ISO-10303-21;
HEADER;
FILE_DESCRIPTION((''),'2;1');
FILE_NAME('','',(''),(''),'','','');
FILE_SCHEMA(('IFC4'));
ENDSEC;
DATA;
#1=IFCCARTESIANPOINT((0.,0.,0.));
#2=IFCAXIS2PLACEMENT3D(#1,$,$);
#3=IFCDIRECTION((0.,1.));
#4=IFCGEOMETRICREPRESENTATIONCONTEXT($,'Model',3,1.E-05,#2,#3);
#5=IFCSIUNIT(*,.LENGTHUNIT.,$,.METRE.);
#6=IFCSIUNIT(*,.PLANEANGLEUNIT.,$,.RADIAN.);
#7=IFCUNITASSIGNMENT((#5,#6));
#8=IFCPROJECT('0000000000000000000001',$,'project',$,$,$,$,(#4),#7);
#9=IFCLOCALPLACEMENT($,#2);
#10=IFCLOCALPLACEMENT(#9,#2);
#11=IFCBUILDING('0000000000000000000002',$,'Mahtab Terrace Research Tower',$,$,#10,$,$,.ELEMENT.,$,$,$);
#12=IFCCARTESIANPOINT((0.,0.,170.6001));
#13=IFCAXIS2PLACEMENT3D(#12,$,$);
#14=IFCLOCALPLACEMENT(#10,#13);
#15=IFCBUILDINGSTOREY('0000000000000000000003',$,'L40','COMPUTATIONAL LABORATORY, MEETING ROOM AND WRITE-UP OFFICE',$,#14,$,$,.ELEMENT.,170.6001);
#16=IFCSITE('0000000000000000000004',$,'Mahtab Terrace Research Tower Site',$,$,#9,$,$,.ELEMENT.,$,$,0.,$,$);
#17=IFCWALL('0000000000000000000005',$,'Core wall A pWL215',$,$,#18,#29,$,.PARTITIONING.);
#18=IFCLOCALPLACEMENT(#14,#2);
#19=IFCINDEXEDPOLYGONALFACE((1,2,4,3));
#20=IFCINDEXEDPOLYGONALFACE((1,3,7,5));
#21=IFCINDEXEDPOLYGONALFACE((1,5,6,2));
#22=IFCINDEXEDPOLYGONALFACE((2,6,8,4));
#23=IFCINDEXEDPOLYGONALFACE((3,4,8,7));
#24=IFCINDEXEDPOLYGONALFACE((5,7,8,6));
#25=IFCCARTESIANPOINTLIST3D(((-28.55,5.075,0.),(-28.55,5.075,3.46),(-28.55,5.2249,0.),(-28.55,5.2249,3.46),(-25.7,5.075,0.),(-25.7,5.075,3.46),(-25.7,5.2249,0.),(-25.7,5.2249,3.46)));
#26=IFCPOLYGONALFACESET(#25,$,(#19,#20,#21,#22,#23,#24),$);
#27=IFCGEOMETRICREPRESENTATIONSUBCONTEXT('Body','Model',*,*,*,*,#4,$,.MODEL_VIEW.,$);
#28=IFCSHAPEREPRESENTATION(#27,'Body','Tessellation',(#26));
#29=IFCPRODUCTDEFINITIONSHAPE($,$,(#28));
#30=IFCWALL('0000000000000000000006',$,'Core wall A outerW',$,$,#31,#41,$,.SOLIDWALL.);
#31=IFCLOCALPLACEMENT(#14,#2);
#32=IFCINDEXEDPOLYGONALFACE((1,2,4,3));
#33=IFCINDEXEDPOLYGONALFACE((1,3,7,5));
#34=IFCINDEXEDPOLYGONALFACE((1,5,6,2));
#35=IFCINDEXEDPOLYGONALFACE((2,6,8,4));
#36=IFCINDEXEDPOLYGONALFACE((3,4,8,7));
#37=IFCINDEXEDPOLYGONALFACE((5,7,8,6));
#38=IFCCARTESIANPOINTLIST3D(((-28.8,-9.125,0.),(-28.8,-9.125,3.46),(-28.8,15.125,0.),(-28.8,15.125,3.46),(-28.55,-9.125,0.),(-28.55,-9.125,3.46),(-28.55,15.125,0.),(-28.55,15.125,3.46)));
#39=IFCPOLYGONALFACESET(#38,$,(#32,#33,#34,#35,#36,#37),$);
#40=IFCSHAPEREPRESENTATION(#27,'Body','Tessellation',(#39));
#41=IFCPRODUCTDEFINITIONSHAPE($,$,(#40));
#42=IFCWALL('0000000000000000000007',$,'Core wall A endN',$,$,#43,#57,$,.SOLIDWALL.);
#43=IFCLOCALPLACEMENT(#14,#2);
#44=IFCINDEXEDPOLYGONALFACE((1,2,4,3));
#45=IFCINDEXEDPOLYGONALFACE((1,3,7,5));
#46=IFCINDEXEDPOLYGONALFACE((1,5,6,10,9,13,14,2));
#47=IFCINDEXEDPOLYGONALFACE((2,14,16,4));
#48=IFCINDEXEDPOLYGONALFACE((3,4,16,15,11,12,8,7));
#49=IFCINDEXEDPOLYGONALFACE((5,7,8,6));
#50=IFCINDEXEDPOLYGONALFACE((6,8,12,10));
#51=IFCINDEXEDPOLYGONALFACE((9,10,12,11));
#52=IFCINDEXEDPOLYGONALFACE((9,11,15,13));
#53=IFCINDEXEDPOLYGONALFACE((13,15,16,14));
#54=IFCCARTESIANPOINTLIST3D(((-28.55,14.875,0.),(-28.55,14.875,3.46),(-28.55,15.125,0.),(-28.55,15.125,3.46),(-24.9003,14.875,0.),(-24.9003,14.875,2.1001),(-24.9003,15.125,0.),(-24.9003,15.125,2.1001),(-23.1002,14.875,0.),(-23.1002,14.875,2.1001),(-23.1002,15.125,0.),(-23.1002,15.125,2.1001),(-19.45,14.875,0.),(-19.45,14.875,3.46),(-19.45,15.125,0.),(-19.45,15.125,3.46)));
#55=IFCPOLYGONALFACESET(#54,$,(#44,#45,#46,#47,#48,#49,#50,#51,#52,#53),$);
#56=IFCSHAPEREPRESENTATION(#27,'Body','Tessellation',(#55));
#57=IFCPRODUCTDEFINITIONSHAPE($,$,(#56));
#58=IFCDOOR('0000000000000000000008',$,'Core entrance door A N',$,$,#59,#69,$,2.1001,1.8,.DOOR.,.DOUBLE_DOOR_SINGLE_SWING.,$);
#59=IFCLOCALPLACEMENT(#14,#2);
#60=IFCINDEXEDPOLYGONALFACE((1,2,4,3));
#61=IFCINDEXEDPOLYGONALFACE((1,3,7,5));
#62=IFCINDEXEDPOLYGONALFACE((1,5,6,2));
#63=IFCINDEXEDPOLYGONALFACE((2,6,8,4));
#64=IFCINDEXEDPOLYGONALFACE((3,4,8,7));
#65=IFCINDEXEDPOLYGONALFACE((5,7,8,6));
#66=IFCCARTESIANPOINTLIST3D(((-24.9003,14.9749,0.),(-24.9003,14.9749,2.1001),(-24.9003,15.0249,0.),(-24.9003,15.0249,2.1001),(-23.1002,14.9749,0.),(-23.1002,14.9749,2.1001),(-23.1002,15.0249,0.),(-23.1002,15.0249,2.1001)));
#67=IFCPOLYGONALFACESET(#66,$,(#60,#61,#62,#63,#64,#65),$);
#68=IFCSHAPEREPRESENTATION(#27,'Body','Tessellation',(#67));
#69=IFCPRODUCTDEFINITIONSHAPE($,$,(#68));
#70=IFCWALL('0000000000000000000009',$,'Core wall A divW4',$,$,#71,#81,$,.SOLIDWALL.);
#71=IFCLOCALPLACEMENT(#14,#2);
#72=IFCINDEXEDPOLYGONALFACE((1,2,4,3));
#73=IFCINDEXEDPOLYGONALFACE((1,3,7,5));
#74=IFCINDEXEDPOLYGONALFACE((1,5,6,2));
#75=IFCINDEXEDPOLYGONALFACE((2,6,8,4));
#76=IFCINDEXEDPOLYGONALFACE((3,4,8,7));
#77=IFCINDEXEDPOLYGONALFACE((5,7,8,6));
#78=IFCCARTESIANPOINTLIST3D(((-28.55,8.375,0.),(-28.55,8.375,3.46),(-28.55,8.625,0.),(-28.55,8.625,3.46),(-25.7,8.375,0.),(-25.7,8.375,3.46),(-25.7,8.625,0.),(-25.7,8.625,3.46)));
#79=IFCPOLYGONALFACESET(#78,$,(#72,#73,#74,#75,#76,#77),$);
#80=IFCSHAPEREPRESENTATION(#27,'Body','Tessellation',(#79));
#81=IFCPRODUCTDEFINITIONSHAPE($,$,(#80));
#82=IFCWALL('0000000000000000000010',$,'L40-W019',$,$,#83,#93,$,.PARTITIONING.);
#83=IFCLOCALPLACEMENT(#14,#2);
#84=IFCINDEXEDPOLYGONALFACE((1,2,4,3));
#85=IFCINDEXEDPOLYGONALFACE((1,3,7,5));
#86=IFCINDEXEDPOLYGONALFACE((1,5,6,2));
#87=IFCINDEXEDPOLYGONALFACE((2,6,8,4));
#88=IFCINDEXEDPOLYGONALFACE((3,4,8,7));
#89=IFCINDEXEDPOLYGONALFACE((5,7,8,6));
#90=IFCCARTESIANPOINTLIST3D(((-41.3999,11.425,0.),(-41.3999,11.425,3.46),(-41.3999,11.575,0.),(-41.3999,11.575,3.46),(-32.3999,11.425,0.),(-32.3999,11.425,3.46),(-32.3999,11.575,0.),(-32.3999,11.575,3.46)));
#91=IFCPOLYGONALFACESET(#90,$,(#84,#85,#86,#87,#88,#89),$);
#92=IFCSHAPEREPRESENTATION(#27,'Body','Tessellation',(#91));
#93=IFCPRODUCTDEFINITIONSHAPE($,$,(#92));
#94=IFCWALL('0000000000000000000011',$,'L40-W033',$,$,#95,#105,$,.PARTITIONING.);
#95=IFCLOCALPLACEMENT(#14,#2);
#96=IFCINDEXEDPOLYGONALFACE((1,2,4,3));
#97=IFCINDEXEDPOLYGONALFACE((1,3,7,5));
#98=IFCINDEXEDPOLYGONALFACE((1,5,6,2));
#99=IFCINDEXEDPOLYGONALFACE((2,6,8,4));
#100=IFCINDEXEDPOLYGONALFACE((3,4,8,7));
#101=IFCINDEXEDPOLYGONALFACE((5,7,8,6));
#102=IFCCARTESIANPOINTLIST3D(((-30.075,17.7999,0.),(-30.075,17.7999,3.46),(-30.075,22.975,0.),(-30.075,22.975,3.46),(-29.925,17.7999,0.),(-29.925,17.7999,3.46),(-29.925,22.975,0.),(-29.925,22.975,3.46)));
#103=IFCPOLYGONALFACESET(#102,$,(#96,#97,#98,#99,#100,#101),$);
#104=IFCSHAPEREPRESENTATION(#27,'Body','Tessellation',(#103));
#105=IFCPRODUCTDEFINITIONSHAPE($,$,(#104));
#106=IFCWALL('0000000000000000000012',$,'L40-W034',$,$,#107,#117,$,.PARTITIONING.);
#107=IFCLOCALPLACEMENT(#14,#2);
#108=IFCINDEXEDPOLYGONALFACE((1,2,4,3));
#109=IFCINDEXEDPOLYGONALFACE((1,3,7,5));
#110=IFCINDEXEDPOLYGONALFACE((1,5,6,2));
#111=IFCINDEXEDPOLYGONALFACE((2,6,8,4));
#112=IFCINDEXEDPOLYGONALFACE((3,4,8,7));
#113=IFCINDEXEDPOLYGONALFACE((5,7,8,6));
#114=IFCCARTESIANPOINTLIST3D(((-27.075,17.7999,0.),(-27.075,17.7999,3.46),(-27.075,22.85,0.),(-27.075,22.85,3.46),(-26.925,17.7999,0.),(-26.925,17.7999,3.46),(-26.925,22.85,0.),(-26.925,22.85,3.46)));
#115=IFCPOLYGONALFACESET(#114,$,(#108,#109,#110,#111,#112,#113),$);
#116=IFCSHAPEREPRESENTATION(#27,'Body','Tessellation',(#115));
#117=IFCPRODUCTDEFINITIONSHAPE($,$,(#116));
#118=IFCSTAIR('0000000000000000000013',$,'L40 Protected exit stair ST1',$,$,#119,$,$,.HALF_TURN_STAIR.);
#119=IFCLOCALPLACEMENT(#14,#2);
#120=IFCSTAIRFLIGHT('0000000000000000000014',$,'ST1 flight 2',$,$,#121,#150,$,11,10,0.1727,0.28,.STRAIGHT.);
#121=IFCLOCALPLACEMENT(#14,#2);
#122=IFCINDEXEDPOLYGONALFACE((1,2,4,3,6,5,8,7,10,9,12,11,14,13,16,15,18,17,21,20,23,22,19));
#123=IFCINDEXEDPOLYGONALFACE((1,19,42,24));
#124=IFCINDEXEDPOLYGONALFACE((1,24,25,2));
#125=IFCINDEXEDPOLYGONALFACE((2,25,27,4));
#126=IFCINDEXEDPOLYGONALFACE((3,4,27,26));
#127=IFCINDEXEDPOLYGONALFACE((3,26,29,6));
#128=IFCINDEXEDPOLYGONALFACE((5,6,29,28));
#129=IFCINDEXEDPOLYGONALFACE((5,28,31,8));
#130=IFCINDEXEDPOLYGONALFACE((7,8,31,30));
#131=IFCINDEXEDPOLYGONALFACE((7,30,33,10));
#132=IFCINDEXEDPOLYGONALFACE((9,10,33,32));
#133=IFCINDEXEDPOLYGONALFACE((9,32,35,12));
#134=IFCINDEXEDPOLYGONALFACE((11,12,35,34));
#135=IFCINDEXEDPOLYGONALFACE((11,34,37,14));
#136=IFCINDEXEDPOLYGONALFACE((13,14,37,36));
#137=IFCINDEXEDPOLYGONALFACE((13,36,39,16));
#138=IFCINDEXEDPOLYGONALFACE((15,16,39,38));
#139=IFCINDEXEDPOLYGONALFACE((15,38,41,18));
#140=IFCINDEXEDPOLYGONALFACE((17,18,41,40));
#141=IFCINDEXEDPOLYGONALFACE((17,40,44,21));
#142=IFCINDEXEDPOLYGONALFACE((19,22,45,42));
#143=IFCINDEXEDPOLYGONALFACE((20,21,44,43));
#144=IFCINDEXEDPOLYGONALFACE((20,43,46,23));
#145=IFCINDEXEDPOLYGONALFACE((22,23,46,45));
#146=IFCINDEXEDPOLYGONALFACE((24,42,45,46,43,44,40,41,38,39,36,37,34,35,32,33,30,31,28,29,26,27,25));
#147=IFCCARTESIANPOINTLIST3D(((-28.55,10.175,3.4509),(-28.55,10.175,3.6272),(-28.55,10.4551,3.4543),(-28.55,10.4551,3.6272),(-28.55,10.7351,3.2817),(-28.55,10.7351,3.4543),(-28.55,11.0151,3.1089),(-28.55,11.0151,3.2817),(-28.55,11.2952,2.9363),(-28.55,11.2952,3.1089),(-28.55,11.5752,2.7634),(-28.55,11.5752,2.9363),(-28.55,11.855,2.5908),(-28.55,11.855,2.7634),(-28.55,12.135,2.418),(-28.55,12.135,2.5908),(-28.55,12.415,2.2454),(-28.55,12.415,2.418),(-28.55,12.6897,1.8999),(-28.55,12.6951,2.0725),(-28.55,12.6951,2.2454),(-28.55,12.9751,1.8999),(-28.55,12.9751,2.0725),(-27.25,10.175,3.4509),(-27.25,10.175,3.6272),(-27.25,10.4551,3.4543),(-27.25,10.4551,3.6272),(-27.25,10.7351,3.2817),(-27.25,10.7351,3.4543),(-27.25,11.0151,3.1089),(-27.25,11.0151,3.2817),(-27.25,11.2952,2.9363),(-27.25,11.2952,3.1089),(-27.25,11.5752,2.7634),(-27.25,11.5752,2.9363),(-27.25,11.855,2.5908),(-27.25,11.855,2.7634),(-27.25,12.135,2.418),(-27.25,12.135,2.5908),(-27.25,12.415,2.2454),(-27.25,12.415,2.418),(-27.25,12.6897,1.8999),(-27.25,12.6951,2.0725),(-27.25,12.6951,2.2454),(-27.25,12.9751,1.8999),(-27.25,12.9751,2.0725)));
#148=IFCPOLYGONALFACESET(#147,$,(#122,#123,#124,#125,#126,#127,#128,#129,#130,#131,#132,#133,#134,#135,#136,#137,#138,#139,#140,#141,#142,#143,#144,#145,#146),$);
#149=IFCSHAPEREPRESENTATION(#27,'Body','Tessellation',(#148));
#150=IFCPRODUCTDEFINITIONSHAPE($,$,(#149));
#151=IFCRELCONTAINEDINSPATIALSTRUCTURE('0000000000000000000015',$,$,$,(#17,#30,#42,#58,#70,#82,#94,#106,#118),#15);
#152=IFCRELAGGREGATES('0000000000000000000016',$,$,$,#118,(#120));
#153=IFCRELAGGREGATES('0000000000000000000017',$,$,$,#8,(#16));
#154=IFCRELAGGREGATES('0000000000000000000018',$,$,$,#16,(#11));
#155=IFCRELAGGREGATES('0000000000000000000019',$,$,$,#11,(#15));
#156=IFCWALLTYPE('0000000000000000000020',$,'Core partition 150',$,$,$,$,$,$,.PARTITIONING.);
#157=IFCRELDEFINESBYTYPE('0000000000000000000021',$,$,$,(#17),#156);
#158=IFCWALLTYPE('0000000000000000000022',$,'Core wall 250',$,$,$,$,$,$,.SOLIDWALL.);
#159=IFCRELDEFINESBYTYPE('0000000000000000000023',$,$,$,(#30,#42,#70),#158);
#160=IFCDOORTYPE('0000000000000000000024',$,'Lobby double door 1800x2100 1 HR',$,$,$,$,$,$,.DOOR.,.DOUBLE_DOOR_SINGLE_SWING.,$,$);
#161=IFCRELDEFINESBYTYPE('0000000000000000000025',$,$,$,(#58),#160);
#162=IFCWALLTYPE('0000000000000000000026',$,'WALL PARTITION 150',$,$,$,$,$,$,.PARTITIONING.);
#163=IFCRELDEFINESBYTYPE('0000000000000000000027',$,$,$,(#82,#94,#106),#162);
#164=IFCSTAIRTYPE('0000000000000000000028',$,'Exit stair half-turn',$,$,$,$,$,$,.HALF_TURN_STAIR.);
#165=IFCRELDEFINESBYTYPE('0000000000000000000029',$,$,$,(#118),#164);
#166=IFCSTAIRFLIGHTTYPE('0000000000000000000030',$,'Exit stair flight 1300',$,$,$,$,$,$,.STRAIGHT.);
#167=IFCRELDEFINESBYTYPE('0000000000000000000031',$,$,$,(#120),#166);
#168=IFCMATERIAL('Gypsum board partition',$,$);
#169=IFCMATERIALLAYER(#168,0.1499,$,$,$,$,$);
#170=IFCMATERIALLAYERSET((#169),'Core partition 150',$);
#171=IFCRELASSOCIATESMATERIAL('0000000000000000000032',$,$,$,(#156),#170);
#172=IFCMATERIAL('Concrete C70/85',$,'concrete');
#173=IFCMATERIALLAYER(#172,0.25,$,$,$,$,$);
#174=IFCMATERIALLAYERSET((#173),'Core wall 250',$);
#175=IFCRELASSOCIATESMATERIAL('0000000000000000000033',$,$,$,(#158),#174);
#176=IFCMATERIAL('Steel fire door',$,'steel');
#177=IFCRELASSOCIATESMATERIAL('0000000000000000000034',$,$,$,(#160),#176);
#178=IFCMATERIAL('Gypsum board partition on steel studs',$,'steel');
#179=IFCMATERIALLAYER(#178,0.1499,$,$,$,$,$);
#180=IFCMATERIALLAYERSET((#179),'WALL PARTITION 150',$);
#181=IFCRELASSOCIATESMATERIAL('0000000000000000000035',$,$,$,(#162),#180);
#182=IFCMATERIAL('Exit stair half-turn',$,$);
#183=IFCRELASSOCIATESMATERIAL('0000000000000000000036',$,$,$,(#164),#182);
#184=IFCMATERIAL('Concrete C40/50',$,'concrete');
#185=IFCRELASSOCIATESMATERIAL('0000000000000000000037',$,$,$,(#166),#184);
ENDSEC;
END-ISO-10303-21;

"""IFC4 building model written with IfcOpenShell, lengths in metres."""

from ifc_helpers import new_model, si_unit, direction, frame, frame_2d, origin, place, context, subcontext, project, spatial, polyline, rectangle, outline, extrude, material, layer, layer_set, type_object, element, fill, aggregate, save


model = new_model("IFC4")

# Units and contexts
model_context = context("Model", 3, precision=1e-05, world=origin(), true_north=direction((0.0, 1.0)))
body_context = subcontext(model_context, "Body", "Model", "MODEL_VIEW")
ifc_project = project(units=[si_unit("LENGTHUNIT", "METRE"), si_unit("PLANEANGLEUNIT", "RADIAN")], contexts=[model_context])

# Site, building, storey
site_placement = place(None, origin())
site = spatial("IfcSite", under=ifc_project, at=site_placement, Name="Mahtab Terrace Research Tower Site", CompositionType="ELEMENT", RefElevation=0.0)
building_placement = place(site_placement, origin())
building = spatial("IfcBuilding", under=site, at=building_placement, Name="Mahtab Terrace Research Tower", CompositionType="ELEMENT")
storey_placement = place(building_placement, frame((0.0, 0.0, 170.6001)))
storey = spatial("IfcBuildingStorey", under=building, at=storey_placement, Name="L40", Description="COMPUTATIONAL LABORATORY, MEETING ROOM AND WRITE-UP OFFICE", CompositionType="ELEMENT", Elevation=170.6001)

# Shared definitions
ifc_material_1 = material(Name="Concrete C70/85", Category="concrete")

# Walls
ifc_material_2 = material(Name="Gypsum board partition")
ifc_layer_1 = layer(ifc_material_2, 0.1499)
ifc_layer_set_1 = layer_set([ifc_layer_1], Name="Core partition 150")
wall_type_1 = type_object("IfcWallType", Name="Core partition 150", PredefinedType="PARTITIONING", material=ifc_layer_set_1)
wall_1_placement = place(storey_placement, frame((-28.55, 5.1499, 0.0), z_axis=(0.0, 0.0, 1.0), x_axis=(1.0, 0.0, 0.0)))
element("IfcWall", 1, at=wall_1_placement, inside=storey, type_object=wall_type_1, Name="Core wall A pWL215", PredefinedType="PARTITIONING", context=body_context, shape_type="SweptSolid", body=[
    extrude(rectangle(XDim=2.8501, YDim=0.1499, at=frame_2d((1.425, 0.0))), origin(), (0.0, 0.0, 1.0), 3.46),
])
ifc_layer_2 = layer(ifc_material_1, 0.25)
ifc_layer_set_2 = layer_set([ifc_layer_2], Name="Core wall 250")
wall_type_2 = type_object("IfcWallType", Name="Core wall 250", PredefinedType="SOLIDWALL", material=ifc_layer_set_2)
wall_2_placement = place(storey_placement, frame((-28.675, 15.125, 0.0), z_axis=(0.0, 0.0, 1.0), x_axis=(0.0, -1.0, 0.0)))
element("IfcWall", 2, at=wall_2_placement, inside=storey, type_object=wall_type_2, Name="Core wall A outerW", PredefinedType="SOLIDWALL", context=body_context, shape_type="SweptSolid", body=[
    extrude(rectangle(XDim=24.25, YDim=0.25, at=frame_2d((12.125, 0.0))), origin(), (0.0, 0.0, 1.0), 3.46),
])

# Wall, opening, door
wall_3_placement = place(storey_placement, frame((-28.55, 15.0, 0.0), z_axis=(0.0, 0.0, 1.0), x_axis=(1.0, 0.0, 0.0)))
wall_3 = element("IfcWall", 3, at=wall_3_placement, inside=storey, type_object=wall_type_2, Name="Core wall A endN", PredefinedType="SOLIDWALL", context=body_context, shape_type="SweptSolid", body=[
    extrude(rectangle(XDim=9.1001, YDim=0.25, at=frame_2d((4.55, 0.0))), origin(), (0.0, 0.0, 1.0), 3.46),
])
opening_placement = place(wall_3_placement, frame((3.6499, 0.0, 0.0)))
opening = element("IfcOpeningElement", 4, at=opening_placement, cuts=wall_3, PredefinedType="OPENING", context=body_context, shape_type="SweptSolid", body=[
    extrude(rectangle(XDim=1.8, YDim=2.1001, at=frame_2d((0.8999, 1.05))), frame((0.0, 0.135, 0.0), z_axis=(0.0, -1.0, 0.0), x_axis=(1.0, 0.0, 0.0)), (0.0, 0.0, 1.0), 0.27),
])
ifc_material_3 = material(Name="Steel fire door", Category="steel")
door_type = type_object("IfcDoorType", Name="Lobby double door 1800x2100 1 HR", OperationType="DOUBLE_DOOR_SINGLE_SWING", PredefinedType="DOOR", material=ifc_material_3)
door_placement = place(opening_placement, origin())
door = element("IfcDoor", 5, at=door_placement, inside=storey, type_object=door_type, Name="Core entrance door A N", OperationType="DOUBLE_DOOR_SINGLE_SWING", OverallHeight=2.1001, OverallWidth=1.8, PredefinedType="DOOR", context=body_context, shape_type="SweptSolid", body=[
    extrude(rectangle(XDim=1.8, YDim=2.1001, at=frame_2d((0.8999, 1.05))), frame((0.0, 0.0249, 0.0), z_axis=(0.0, -1.0, 0.0), x_axis=(1.0, 0.0, 0.0)), (0.0, 0.0, 1.0), 0.05),
])
fill(opening, door)

# Walls
wall_4_placement = place(storey_placement, frame((-28.55, 8.5, 0.0), z_axis=(0.0, 0.0, 1.0), x_axis=(1.0, 0.0, 0.0)))
element("IfcWall", 6, at=wall_4_placement, inside=storey, type_object=wall_type_2, Name="Core wall A divW4", PredefinedType="SOLIDWALL", context=body_context, shape_type="SweptSolid", body=[
    extrude(rectangle(XDim=2.8501, YDim=0.25, at=frame_2d((1.425, 0.0))), origin(), (0.0, 0.0, 1.0), 3.46),
])
ifc_material_4 = material(Name="Gypsum board partition on steel studs", Category="steel")
ifc_layer_3 = layer(ifc_material_4, 0.1499)
ifc_layer_set_3 = layer_set([ifc_layer_3], Name="WALL PARTITION 150")
wall_type_3 = type_object("IfcWallType", Name="WALL PARTITION 150", PredefinedType="PARTITIONING", material=ifc_layer_set_3)
wall_5_placement = place(storey_placement, frame((-41.3999, 11.5, 0.0), z_axis=(0.0, 0.0, 1.0), x_axis=(1.0, 0.0, 0.0)))
element("IfcWall", 7, at=wall_5_placement, inside=storey, type_object=wall_type_3, Name="L40-W019", PredefinedType="PARTITIONING", context=body_context, shape_type="SweptSolid", body=[
    extrude(rectangle(XDim=9.0, YDim=0.1499, at=frame_2d((4.5, 0.0))), origin(), (0.0, 0.0, 1.0), 3.46),
])
wall_6_placement = place(storey_placement, frame((-30.0, 17.8, 0.0), z_axis=(0.0, 0.0, 1.0), x_axis=(0.0, 1.0, 0.0)))
element("IfcWall", 8, at=wall_6_placement, inside=storey, type_object=wall_type_3, Name="L40-W033", PredefinedType="PARTITIONING", context=body_context, shape_type="SweptSolid", body=[
    extrude(rectangle(XDim=5.175, YDim=0.1499, at=frame_2d((2.5874, 0.0))), origin(), (0.0, 0.0, 1.0), 3.46),
])
wall_7_placement = place(storey_placement, frame((-27.0, 17.8, 0.0), z_axis=(0.0, 0.0, 1.0), x_axis=(0.0, 1.0, 0.0)))
element("IfcWall", 9, at=wall_7_placement, inside=storey, type_object=wall_type_3, Name="L40-W034", PredefinedType="PARTITIONING", context=body_context, shape_type="SweptSolid", body=[
    extrude(rectangle(XDim=5.05, YDim=0.1499, at=frame_2d((2.5249, 0.0))), origin(), (0.0, 0.0, 1.0), 3.46),
])

# Stair, stair flight
ifc_material_5 = material(Name="Exit stair half-turn")
stair_type = type_object("IfcStairType", Name="Exit stair half-turn", PredefinedType="HALF_TURN_STAIR", material=ifc_material_5)
stair_placement = place(storey_placement, origin())
stair = element("IfcStair", 10, at=stair_placement, inside=storey, type_object=stair_type, Name="L40 Protected exit stair ST1", PredefinedType="HALF_TURN_STAIR")
ifc_material_6 = material(Name="Concrete C40/50", Category="concrete")
stair_flight_type = type_object("IfcStairFlightType", Name="Exit stair flight 1300", PredefinedType="STRAIGHT", material=ifc_material_6)
stair_flight_placement = place(storey_placement, frame((-27.8999, 12.9751, 1.8999), z_axis=(0.0, 0.0, 1.0), x_axis=(0.0, -1.0, 0.0)))
stair_flight = element("IfcStairFlight", 11, at=stair_flight_placement, type_object=stair_flight_type, Name="ST1 flight 2", NumberOfRisers=11, NumberOfTreads=10, PredefinedType="STRAIGHT", RiserHeight=0.1727, TreadLength=0.28, context=body_context, shape_type="SweptSolid", body=[
    extrude(outline(polyline([(0.0, 0.0), (0.0, 0.1726), (0.28, 0.1726), (0.28, 0.3455), (0.5601, 0.3455), (0.5601, 0.5181), (0.8401, 0.5181), (0.8401, 0.6909), (1.1201, 0.6909), (1.1201, 0.8635), (1.3999, 0.8635), (1.3999, 1.0364), (1.6799, 1.0364), (1.6799, 1.209), (1.96, 1.209), (1.96, 1.3818), (2.24, 1.3818), (2.24, 1.5544), (2.52, 1.5544), (2.52, 1.7273), (2.8, 1.7273), (2.8, 1.8999), (2.8, 1.551), (0.2854, 0.0), (0.0, 0.0)])), frame((0.0, 0.6499, 0.0), z_axis=(0.0, -1.0, 0.0), x_axis=(1.0, 0.0, 0.0)), (0.0, 0.0, 1.0), 1.3),
])
aggregate(stair, [stair_flight])

save(model, "model.ifc")
